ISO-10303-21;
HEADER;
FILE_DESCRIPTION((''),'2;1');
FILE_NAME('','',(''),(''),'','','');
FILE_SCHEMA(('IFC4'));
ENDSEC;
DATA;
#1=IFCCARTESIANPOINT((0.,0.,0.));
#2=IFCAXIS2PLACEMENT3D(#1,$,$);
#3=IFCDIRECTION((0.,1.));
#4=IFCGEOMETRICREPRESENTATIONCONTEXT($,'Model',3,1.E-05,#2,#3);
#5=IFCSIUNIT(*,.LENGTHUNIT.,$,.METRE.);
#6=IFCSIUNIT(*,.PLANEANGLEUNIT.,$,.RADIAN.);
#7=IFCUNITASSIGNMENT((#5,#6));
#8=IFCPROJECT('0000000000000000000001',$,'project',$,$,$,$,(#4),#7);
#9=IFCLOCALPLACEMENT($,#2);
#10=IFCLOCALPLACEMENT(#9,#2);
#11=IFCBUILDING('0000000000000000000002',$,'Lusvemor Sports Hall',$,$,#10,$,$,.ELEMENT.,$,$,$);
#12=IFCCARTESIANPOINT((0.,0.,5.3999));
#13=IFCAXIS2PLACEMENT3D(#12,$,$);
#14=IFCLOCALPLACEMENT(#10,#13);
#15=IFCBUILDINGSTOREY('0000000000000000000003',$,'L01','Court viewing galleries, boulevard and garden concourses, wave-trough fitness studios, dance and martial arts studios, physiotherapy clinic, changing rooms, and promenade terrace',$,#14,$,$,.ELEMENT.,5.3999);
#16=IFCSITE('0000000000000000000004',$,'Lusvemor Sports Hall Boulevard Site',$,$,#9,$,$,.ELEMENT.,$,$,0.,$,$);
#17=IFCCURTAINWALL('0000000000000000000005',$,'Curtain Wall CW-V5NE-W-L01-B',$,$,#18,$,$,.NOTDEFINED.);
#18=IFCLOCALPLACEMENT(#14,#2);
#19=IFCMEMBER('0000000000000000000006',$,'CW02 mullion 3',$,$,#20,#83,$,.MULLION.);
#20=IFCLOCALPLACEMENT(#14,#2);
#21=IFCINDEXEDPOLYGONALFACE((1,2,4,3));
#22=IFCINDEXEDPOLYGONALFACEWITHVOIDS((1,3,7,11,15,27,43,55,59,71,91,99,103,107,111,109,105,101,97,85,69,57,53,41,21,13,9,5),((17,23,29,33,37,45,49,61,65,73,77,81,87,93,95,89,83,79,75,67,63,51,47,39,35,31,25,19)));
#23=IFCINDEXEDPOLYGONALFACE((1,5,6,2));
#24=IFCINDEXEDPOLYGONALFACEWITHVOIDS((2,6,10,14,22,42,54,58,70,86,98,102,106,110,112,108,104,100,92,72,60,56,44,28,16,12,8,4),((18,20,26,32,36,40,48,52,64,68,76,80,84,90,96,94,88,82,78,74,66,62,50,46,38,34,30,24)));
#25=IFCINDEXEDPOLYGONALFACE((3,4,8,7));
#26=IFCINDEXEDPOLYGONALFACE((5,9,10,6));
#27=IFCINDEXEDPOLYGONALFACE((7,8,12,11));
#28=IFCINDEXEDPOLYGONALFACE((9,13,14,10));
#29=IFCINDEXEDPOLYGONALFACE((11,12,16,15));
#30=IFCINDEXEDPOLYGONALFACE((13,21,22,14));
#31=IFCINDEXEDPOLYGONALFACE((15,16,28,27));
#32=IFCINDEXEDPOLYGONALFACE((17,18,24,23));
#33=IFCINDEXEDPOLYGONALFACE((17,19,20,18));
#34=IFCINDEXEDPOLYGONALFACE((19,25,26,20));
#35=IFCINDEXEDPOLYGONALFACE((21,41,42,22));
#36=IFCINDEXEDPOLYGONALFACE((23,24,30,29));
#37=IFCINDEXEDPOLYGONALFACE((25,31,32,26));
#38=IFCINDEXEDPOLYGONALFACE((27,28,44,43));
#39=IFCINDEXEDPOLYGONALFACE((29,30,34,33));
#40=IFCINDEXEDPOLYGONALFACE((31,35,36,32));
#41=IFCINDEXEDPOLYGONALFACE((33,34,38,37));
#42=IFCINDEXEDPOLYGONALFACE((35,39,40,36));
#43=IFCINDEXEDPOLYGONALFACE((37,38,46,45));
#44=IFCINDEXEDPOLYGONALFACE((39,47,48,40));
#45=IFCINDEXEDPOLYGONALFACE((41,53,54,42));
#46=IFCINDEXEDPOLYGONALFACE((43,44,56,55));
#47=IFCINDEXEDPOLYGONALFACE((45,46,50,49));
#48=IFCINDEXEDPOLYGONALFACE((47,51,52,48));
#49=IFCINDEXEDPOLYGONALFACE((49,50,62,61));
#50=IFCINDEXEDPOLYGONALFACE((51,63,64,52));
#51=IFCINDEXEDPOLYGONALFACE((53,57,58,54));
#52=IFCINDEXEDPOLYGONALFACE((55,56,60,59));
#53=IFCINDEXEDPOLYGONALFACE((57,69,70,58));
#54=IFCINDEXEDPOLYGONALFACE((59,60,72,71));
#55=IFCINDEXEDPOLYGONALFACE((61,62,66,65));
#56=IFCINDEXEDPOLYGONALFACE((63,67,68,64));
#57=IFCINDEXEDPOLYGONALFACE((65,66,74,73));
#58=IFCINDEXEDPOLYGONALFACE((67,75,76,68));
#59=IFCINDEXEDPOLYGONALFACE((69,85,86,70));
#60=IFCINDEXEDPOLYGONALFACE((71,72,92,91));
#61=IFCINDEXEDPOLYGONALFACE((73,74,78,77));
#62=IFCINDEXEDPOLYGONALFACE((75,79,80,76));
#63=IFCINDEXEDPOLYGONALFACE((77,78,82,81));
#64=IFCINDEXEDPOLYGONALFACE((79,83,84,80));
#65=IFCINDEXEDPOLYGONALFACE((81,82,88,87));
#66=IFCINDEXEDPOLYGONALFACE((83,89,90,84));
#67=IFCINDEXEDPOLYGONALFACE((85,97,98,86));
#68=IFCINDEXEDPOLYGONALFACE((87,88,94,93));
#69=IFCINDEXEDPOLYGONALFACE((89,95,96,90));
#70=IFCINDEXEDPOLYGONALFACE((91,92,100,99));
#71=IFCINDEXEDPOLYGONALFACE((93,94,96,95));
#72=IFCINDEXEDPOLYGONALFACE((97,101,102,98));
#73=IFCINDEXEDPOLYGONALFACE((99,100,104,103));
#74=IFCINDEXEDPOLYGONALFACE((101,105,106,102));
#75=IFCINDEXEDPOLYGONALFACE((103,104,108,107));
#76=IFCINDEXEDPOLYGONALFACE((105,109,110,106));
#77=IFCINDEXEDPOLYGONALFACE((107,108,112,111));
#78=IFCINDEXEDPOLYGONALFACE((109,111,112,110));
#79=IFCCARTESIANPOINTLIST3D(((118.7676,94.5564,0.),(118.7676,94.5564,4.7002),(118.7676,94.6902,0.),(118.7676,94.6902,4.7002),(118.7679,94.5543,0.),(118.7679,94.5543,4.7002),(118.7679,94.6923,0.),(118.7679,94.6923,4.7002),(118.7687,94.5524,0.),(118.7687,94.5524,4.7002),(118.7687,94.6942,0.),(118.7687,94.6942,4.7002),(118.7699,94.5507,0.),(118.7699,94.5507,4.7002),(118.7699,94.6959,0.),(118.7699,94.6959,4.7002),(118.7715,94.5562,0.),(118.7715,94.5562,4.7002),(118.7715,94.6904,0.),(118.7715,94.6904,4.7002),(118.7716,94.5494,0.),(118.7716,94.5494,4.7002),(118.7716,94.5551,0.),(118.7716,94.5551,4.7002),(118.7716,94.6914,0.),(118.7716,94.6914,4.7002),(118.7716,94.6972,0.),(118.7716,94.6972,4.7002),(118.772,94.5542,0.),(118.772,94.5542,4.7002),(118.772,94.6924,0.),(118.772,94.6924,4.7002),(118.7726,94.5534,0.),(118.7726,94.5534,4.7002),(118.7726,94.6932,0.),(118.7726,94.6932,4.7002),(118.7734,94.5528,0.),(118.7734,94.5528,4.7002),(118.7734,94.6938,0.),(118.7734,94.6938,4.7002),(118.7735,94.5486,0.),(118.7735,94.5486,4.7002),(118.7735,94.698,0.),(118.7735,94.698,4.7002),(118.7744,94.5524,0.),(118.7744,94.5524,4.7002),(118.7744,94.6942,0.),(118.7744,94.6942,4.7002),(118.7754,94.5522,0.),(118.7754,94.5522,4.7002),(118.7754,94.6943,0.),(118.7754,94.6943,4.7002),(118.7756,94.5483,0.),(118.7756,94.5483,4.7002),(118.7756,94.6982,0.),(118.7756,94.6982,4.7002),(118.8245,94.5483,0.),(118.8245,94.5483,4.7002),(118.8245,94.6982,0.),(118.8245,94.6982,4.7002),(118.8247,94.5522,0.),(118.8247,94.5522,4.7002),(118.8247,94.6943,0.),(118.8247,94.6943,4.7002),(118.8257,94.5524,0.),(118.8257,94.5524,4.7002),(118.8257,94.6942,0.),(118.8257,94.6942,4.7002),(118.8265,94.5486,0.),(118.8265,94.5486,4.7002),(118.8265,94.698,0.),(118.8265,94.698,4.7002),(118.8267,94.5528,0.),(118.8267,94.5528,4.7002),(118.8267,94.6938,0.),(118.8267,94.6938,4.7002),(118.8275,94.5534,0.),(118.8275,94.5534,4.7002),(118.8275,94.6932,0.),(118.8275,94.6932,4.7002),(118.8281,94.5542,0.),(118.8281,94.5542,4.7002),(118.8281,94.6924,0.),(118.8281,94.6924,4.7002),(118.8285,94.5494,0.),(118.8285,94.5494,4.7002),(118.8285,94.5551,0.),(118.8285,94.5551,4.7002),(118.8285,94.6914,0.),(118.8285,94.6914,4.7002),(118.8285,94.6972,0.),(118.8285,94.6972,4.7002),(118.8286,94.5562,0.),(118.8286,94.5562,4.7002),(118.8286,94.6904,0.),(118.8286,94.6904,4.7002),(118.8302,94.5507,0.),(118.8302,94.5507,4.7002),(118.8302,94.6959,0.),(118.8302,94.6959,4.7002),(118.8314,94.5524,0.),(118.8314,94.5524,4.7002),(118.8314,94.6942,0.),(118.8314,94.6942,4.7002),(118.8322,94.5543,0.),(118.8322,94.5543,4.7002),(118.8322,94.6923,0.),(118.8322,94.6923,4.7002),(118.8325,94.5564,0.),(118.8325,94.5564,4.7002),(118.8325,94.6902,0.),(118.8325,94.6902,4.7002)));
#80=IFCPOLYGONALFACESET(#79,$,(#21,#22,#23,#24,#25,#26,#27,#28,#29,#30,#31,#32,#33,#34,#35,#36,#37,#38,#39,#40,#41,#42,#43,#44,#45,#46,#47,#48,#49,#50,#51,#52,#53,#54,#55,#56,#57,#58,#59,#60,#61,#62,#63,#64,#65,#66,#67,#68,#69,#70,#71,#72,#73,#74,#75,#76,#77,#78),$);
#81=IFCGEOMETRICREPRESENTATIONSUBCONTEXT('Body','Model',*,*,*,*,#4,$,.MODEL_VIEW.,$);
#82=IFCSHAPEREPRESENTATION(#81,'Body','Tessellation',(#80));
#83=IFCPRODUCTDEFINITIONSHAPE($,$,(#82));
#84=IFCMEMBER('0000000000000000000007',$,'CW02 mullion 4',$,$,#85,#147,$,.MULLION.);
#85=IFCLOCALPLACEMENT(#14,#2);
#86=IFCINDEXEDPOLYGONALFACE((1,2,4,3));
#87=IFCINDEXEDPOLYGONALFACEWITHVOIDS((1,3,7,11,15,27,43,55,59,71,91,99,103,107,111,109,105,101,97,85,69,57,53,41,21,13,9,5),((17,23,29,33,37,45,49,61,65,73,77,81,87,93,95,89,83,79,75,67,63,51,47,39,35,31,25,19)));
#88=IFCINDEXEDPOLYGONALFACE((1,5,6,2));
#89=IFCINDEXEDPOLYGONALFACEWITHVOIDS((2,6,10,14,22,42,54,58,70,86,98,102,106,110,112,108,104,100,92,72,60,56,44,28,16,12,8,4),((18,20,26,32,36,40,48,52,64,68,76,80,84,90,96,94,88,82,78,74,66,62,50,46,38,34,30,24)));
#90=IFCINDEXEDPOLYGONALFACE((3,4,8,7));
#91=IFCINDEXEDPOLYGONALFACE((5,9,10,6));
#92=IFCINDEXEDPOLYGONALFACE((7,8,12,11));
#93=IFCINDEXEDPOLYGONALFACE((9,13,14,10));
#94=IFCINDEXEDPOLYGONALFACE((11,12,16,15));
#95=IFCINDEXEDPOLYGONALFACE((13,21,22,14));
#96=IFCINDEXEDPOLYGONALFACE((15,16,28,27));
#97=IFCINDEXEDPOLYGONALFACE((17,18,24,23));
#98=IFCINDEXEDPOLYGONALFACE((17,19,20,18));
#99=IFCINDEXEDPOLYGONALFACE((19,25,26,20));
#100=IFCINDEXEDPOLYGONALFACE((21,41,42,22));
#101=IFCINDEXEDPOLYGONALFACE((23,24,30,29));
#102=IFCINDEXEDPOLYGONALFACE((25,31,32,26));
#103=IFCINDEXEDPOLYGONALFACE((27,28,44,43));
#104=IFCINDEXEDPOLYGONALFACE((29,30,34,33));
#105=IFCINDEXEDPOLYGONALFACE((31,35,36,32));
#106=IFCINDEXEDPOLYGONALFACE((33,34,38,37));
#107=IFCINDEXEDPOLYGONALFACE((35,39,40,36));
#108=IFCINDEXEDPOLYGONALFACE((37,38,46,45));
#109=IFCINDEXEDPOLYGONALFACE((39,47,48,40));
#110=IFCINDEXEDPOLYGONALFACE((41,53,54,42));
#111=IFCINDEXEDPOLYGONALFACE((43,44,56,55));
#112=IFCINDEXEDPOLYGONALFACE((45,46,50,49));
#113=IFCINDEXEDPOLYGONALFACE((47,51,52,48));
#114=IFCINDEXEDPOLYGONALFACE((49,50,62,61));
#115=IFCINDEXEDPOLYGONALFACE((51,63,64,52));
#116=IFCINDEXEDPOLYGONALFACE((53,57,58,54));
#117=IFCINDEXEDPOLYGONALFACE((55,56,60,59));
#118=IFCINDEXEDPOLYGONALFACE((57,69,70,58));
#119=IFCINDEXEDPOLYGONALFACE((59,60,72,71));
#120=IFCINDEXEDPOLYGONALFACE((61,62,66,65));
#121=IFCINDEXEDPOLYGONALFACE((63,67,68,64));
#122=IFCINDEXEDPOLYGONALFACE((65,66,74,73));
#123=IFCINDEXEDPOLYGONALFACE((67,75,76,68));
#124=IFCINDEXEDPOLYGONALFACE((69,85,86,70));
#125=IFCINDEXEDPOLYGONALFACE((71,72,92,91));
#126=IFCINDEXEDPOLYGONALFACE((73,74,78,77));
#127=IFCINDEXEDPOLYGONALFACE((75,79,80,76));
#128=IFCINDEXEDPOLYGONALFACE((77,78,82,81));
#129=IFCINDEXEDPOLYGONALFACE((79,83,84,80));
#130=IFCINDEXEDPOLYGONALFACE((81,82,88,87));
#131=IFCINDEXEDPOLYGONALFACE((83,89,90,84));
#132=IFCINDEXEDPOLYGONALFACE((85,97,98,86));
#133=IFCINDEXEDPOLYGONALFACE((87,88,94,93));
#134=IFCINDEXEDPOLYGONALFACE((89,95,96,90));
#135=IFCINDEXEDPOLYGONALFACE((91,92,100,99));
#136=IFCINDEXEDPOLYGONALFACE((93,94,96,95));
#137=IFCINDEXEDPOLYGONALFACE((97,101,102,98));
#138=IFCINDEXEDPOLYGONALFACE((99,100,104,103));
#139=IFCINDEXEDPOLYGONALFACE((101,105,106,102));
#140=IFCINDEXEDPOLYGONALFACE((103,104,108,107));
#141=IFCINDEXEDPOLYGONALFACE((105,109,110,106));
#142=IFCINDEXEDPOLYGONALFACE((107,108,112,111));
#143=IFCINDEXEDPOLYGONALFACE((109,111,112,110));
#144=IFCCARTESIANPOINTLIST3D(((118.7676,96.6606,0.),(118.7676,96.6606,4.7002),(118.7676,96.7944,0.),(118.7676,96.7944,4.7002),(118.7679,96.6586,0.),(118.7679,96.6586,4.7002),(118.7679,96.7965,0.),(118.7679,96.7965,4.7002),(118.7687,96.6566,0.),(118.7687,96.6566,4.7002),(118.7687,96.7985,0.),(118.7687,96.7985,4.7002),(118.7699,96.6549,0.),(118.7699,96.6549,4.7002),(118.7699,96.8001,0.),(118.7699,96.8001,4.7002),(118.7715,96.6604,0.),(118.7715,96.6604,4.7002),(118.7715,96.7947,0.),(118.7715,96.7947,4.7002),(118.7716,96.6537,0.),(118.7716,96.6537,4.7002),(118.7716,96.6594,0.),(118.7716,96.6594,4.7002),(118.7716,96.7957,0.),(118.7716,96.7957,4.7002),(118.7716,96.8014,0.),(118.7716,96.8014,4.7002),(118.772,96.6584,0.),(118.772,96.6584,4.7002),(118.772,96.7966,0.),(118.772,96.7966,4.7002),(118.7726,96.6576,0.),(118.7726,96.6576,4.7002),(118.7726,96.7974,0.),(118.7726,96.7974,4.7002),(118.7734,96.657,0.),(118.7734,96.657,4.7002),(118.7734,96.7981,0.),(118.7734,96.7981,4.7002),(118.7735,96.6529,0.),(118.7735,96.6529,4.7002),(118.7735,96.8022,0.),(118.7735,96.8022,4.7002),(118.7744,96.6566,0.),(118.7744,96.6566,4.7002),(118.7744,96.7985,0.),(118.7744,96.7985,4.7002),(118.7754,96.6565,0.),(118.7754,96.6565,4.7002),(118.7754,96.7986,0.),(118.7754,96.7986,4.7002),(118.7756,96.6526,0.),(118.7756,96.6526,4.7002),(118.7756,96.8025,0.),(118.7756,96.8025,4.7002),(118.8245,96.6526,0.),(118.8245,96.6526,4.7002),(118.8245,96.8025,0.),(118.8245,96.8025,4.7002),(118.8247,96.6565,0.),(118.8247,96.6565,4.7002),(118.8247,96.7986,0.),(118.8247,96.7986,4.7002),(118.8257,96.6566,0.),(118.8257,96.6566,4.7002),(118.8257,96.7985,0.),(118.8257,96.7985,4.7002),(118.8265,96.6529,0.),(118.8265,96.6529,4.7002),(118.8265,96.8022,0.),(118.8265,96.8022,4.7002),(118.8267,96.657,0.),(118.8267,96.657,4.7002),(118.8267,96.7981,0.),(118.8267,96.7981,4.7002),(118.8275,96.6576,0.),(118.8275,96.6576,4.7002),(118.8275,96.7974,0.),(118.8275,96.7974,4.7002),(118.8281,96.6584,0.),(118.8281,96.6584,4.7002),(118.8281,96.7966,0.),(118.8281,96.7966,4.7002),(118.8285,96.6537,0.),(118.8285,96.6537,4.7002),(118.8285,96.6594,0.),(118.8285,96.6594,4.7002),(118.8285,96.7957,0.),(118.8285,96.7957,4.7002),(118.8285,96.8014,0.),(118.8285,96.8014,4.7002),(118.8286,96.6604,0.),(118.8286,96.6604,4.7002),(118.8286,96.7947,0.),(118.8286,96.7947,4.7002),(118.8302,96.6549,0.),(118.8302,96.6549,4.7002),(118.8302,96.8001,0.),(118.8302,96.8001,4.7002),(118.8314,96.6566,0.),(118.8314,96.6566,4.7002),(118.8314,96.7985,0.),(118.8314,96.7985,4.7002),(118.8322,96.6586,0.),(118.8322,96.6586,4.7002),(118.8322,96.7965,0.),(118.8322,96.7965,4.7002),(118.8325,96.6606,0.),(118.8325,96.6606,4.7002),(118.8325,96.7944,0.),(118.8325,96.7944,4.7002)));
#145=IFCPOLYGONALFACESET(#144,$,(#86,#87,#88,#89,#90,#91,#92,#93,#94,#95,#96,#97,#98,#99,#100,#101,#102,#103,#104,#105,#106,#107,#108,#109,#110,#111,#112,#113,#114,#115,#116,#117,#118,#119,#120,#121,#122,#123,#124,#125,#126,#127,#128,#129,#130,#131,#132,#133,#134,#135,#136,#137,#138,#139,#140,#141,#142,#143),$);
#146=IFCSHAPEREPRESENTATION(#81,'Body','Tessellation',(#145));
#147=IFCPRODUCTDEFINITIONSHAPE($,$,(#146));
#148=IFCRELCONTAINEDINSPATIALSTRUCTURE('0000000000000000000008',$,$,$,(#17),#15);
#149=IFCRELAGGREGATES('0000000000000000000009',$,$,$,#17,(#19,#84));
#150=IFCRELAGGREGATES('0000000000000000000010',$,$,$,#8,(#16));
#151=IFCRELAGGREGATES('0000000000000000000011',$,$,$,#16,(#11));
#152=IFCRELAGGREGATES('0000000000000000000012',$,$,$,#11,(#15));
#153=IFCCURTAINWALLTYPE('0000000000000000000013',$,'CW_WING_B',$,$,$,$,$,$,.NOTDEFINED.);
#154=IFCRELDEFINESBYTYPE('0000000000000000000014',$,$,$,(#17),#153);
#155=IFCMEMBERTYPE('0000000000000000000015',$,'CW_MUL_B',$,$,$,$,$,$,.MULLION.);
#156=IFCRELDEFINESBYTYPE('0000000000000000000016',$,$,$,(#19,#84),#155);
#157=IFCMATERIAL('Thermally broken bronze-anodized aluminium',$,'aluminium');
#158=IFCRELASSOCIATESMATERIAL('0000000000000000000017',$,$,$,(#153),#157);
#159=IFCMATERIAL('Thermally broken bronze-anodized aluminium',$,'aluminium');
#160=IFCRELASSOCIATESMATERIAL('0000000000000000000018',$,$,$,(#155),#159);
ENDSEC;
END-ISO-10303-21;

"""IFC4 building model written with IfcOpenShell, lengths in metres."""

from ifc_helpers import new_model, si_unit, direction, frame, origin, origin_2d, place, context, subcontext, project, spatial, hollow_rectangle, extrude, material, material_profile, profile_set, type_object, element, aggregate, save


model = new_model("IFC4")

# Units and contexts
model_context = context("Model", 3, precision=1e-05, world=origin(), true_north=direction((0.0, 1.0)))
body_context = subcontext(model_context, "Body", "Model", "MODEL_VIEW")
ifc_project = project(units=[si_unit("LENGTHUNIT", "METRE"), si_unit("PLANEANGLEUNIT", "RADIAN")], contexts=[model_context])

# Site, building, storey
site_placement = place(None, origin())
site = spatial("IfcSite", under=ifc_project, at=site_placement, Name="Lusvemor Sports Hall Boulevard Site", CompositionType="ELEMENT", RefElevation=0.0)
building_placement = place(site_placement, origin())
building = spatial("IfcBuilding", under=site, at=building_placement, Name="Lusvemor Sports Hall", CompositionType="ELEMENT")
storey_placement = place(building_placement, frame((0.0, 0.0, 5.3999)))
storey = spatial("IfcBuildingStorey", under=building, at=storey_placement, Name="L01", Description="Court viewing galleries, boulevard and garden concourses, wave-trough fitness studios, dance and martial arts studios, physiotherapy clinic, changing rooms, and promenade terrace", CompositionType="ELEMENT", Elevation=5.3999)

# Curtain wall, members
ifc_material_1 = material(Name="Thermally broken bronze-anodized aluminium", Category="aluminium")
curtain_wall_type = type_object("IfcCurtainWallType", Name="CW_WING_B", PredefinedType="NOTDEFINED", material=ifc_material_1)
ifc_material_2 = material(Name="Thermally broken bronze-anodized aluminium", Category="aluminium")
ifc_material_profile_1 = material_profile(ifc_material_2, hollow_rectangle(XDim=0.0649, YDim=0.1499, WallThickness=0.0039, InnerFilletRadius=0.0039, OuterFilletRadius=0.0081, at=origin_2d()), Name="CWMUL150x65x4")
ifc_profile_set_1 = profile_set([ifc_material_profile_1], Name="Thermally broken bronze-anodized aluminium")
member_type_1 = type_object("IfcMemberType", Name="CW_MUL_B", PredefinedType="MULLION", material=ifc_profile_set_1)
curtain_wall_1_placement = place(storey_placement, origin())
curtain_wall_1 = element("IfcCurtainWall", 1, at=curtain_wall_1_placement, inside=storey, type_object=curtain_wall_type, Name="Curtain Wall CW-V5NE-W-L01-B", PredefinedType="NOTDEFINED")
member_1_placement = place(storey_placement, frame((118.8, 94.6233, 0.0), z_axis=(0.0, 0.0, 1.0), x_axis=(-1.0, 0.0, 0.0)))
member_1 = element("IfcMember", 2, at=member_1_placement, type_object=member_type_1, Name="CW02 mullion 3", PredefinedType="MULLION", context=body_context, shape_type="SweptSolid", body=[
    extrude(hollow_rectangle(XDim=0.0649, YDim=0.1499, WallThickness=0.0039, InnerFilletRadius=0.0039, OuterFilletRadius=0.0081, at=origin_2d()), origin(), (0.0, 0.0, 1.0), 4.7002),
])
member_2_placement = place(storey_placement, frame((118.8, 96.7275, 0.0), z_axis=(0.0, 0.0, 1.0), x_axis=(-1.0, 0.0, 0.0)))
member_2 = element("IfcMember", 3, at=member_2_placement, type_object=member_type_1, Name="CW02 mullion 4", PredefinedType="MULLION", context=body_context, shape_type="SweptSolid", body=[
    extrude(hollow_rectangle(XDim=0.0649, YDim=0.1499, WallThickness=0.0039, InnerFilletRadius=0.0039, OuterFilletRadius=0.0081, at=origin_2d()), origin(), (0.0, 0.0, 1.0), 4.7002),
])

aggregate(curtain_wall_1, [member_1, member_2])

save(model, "model.ifc")
